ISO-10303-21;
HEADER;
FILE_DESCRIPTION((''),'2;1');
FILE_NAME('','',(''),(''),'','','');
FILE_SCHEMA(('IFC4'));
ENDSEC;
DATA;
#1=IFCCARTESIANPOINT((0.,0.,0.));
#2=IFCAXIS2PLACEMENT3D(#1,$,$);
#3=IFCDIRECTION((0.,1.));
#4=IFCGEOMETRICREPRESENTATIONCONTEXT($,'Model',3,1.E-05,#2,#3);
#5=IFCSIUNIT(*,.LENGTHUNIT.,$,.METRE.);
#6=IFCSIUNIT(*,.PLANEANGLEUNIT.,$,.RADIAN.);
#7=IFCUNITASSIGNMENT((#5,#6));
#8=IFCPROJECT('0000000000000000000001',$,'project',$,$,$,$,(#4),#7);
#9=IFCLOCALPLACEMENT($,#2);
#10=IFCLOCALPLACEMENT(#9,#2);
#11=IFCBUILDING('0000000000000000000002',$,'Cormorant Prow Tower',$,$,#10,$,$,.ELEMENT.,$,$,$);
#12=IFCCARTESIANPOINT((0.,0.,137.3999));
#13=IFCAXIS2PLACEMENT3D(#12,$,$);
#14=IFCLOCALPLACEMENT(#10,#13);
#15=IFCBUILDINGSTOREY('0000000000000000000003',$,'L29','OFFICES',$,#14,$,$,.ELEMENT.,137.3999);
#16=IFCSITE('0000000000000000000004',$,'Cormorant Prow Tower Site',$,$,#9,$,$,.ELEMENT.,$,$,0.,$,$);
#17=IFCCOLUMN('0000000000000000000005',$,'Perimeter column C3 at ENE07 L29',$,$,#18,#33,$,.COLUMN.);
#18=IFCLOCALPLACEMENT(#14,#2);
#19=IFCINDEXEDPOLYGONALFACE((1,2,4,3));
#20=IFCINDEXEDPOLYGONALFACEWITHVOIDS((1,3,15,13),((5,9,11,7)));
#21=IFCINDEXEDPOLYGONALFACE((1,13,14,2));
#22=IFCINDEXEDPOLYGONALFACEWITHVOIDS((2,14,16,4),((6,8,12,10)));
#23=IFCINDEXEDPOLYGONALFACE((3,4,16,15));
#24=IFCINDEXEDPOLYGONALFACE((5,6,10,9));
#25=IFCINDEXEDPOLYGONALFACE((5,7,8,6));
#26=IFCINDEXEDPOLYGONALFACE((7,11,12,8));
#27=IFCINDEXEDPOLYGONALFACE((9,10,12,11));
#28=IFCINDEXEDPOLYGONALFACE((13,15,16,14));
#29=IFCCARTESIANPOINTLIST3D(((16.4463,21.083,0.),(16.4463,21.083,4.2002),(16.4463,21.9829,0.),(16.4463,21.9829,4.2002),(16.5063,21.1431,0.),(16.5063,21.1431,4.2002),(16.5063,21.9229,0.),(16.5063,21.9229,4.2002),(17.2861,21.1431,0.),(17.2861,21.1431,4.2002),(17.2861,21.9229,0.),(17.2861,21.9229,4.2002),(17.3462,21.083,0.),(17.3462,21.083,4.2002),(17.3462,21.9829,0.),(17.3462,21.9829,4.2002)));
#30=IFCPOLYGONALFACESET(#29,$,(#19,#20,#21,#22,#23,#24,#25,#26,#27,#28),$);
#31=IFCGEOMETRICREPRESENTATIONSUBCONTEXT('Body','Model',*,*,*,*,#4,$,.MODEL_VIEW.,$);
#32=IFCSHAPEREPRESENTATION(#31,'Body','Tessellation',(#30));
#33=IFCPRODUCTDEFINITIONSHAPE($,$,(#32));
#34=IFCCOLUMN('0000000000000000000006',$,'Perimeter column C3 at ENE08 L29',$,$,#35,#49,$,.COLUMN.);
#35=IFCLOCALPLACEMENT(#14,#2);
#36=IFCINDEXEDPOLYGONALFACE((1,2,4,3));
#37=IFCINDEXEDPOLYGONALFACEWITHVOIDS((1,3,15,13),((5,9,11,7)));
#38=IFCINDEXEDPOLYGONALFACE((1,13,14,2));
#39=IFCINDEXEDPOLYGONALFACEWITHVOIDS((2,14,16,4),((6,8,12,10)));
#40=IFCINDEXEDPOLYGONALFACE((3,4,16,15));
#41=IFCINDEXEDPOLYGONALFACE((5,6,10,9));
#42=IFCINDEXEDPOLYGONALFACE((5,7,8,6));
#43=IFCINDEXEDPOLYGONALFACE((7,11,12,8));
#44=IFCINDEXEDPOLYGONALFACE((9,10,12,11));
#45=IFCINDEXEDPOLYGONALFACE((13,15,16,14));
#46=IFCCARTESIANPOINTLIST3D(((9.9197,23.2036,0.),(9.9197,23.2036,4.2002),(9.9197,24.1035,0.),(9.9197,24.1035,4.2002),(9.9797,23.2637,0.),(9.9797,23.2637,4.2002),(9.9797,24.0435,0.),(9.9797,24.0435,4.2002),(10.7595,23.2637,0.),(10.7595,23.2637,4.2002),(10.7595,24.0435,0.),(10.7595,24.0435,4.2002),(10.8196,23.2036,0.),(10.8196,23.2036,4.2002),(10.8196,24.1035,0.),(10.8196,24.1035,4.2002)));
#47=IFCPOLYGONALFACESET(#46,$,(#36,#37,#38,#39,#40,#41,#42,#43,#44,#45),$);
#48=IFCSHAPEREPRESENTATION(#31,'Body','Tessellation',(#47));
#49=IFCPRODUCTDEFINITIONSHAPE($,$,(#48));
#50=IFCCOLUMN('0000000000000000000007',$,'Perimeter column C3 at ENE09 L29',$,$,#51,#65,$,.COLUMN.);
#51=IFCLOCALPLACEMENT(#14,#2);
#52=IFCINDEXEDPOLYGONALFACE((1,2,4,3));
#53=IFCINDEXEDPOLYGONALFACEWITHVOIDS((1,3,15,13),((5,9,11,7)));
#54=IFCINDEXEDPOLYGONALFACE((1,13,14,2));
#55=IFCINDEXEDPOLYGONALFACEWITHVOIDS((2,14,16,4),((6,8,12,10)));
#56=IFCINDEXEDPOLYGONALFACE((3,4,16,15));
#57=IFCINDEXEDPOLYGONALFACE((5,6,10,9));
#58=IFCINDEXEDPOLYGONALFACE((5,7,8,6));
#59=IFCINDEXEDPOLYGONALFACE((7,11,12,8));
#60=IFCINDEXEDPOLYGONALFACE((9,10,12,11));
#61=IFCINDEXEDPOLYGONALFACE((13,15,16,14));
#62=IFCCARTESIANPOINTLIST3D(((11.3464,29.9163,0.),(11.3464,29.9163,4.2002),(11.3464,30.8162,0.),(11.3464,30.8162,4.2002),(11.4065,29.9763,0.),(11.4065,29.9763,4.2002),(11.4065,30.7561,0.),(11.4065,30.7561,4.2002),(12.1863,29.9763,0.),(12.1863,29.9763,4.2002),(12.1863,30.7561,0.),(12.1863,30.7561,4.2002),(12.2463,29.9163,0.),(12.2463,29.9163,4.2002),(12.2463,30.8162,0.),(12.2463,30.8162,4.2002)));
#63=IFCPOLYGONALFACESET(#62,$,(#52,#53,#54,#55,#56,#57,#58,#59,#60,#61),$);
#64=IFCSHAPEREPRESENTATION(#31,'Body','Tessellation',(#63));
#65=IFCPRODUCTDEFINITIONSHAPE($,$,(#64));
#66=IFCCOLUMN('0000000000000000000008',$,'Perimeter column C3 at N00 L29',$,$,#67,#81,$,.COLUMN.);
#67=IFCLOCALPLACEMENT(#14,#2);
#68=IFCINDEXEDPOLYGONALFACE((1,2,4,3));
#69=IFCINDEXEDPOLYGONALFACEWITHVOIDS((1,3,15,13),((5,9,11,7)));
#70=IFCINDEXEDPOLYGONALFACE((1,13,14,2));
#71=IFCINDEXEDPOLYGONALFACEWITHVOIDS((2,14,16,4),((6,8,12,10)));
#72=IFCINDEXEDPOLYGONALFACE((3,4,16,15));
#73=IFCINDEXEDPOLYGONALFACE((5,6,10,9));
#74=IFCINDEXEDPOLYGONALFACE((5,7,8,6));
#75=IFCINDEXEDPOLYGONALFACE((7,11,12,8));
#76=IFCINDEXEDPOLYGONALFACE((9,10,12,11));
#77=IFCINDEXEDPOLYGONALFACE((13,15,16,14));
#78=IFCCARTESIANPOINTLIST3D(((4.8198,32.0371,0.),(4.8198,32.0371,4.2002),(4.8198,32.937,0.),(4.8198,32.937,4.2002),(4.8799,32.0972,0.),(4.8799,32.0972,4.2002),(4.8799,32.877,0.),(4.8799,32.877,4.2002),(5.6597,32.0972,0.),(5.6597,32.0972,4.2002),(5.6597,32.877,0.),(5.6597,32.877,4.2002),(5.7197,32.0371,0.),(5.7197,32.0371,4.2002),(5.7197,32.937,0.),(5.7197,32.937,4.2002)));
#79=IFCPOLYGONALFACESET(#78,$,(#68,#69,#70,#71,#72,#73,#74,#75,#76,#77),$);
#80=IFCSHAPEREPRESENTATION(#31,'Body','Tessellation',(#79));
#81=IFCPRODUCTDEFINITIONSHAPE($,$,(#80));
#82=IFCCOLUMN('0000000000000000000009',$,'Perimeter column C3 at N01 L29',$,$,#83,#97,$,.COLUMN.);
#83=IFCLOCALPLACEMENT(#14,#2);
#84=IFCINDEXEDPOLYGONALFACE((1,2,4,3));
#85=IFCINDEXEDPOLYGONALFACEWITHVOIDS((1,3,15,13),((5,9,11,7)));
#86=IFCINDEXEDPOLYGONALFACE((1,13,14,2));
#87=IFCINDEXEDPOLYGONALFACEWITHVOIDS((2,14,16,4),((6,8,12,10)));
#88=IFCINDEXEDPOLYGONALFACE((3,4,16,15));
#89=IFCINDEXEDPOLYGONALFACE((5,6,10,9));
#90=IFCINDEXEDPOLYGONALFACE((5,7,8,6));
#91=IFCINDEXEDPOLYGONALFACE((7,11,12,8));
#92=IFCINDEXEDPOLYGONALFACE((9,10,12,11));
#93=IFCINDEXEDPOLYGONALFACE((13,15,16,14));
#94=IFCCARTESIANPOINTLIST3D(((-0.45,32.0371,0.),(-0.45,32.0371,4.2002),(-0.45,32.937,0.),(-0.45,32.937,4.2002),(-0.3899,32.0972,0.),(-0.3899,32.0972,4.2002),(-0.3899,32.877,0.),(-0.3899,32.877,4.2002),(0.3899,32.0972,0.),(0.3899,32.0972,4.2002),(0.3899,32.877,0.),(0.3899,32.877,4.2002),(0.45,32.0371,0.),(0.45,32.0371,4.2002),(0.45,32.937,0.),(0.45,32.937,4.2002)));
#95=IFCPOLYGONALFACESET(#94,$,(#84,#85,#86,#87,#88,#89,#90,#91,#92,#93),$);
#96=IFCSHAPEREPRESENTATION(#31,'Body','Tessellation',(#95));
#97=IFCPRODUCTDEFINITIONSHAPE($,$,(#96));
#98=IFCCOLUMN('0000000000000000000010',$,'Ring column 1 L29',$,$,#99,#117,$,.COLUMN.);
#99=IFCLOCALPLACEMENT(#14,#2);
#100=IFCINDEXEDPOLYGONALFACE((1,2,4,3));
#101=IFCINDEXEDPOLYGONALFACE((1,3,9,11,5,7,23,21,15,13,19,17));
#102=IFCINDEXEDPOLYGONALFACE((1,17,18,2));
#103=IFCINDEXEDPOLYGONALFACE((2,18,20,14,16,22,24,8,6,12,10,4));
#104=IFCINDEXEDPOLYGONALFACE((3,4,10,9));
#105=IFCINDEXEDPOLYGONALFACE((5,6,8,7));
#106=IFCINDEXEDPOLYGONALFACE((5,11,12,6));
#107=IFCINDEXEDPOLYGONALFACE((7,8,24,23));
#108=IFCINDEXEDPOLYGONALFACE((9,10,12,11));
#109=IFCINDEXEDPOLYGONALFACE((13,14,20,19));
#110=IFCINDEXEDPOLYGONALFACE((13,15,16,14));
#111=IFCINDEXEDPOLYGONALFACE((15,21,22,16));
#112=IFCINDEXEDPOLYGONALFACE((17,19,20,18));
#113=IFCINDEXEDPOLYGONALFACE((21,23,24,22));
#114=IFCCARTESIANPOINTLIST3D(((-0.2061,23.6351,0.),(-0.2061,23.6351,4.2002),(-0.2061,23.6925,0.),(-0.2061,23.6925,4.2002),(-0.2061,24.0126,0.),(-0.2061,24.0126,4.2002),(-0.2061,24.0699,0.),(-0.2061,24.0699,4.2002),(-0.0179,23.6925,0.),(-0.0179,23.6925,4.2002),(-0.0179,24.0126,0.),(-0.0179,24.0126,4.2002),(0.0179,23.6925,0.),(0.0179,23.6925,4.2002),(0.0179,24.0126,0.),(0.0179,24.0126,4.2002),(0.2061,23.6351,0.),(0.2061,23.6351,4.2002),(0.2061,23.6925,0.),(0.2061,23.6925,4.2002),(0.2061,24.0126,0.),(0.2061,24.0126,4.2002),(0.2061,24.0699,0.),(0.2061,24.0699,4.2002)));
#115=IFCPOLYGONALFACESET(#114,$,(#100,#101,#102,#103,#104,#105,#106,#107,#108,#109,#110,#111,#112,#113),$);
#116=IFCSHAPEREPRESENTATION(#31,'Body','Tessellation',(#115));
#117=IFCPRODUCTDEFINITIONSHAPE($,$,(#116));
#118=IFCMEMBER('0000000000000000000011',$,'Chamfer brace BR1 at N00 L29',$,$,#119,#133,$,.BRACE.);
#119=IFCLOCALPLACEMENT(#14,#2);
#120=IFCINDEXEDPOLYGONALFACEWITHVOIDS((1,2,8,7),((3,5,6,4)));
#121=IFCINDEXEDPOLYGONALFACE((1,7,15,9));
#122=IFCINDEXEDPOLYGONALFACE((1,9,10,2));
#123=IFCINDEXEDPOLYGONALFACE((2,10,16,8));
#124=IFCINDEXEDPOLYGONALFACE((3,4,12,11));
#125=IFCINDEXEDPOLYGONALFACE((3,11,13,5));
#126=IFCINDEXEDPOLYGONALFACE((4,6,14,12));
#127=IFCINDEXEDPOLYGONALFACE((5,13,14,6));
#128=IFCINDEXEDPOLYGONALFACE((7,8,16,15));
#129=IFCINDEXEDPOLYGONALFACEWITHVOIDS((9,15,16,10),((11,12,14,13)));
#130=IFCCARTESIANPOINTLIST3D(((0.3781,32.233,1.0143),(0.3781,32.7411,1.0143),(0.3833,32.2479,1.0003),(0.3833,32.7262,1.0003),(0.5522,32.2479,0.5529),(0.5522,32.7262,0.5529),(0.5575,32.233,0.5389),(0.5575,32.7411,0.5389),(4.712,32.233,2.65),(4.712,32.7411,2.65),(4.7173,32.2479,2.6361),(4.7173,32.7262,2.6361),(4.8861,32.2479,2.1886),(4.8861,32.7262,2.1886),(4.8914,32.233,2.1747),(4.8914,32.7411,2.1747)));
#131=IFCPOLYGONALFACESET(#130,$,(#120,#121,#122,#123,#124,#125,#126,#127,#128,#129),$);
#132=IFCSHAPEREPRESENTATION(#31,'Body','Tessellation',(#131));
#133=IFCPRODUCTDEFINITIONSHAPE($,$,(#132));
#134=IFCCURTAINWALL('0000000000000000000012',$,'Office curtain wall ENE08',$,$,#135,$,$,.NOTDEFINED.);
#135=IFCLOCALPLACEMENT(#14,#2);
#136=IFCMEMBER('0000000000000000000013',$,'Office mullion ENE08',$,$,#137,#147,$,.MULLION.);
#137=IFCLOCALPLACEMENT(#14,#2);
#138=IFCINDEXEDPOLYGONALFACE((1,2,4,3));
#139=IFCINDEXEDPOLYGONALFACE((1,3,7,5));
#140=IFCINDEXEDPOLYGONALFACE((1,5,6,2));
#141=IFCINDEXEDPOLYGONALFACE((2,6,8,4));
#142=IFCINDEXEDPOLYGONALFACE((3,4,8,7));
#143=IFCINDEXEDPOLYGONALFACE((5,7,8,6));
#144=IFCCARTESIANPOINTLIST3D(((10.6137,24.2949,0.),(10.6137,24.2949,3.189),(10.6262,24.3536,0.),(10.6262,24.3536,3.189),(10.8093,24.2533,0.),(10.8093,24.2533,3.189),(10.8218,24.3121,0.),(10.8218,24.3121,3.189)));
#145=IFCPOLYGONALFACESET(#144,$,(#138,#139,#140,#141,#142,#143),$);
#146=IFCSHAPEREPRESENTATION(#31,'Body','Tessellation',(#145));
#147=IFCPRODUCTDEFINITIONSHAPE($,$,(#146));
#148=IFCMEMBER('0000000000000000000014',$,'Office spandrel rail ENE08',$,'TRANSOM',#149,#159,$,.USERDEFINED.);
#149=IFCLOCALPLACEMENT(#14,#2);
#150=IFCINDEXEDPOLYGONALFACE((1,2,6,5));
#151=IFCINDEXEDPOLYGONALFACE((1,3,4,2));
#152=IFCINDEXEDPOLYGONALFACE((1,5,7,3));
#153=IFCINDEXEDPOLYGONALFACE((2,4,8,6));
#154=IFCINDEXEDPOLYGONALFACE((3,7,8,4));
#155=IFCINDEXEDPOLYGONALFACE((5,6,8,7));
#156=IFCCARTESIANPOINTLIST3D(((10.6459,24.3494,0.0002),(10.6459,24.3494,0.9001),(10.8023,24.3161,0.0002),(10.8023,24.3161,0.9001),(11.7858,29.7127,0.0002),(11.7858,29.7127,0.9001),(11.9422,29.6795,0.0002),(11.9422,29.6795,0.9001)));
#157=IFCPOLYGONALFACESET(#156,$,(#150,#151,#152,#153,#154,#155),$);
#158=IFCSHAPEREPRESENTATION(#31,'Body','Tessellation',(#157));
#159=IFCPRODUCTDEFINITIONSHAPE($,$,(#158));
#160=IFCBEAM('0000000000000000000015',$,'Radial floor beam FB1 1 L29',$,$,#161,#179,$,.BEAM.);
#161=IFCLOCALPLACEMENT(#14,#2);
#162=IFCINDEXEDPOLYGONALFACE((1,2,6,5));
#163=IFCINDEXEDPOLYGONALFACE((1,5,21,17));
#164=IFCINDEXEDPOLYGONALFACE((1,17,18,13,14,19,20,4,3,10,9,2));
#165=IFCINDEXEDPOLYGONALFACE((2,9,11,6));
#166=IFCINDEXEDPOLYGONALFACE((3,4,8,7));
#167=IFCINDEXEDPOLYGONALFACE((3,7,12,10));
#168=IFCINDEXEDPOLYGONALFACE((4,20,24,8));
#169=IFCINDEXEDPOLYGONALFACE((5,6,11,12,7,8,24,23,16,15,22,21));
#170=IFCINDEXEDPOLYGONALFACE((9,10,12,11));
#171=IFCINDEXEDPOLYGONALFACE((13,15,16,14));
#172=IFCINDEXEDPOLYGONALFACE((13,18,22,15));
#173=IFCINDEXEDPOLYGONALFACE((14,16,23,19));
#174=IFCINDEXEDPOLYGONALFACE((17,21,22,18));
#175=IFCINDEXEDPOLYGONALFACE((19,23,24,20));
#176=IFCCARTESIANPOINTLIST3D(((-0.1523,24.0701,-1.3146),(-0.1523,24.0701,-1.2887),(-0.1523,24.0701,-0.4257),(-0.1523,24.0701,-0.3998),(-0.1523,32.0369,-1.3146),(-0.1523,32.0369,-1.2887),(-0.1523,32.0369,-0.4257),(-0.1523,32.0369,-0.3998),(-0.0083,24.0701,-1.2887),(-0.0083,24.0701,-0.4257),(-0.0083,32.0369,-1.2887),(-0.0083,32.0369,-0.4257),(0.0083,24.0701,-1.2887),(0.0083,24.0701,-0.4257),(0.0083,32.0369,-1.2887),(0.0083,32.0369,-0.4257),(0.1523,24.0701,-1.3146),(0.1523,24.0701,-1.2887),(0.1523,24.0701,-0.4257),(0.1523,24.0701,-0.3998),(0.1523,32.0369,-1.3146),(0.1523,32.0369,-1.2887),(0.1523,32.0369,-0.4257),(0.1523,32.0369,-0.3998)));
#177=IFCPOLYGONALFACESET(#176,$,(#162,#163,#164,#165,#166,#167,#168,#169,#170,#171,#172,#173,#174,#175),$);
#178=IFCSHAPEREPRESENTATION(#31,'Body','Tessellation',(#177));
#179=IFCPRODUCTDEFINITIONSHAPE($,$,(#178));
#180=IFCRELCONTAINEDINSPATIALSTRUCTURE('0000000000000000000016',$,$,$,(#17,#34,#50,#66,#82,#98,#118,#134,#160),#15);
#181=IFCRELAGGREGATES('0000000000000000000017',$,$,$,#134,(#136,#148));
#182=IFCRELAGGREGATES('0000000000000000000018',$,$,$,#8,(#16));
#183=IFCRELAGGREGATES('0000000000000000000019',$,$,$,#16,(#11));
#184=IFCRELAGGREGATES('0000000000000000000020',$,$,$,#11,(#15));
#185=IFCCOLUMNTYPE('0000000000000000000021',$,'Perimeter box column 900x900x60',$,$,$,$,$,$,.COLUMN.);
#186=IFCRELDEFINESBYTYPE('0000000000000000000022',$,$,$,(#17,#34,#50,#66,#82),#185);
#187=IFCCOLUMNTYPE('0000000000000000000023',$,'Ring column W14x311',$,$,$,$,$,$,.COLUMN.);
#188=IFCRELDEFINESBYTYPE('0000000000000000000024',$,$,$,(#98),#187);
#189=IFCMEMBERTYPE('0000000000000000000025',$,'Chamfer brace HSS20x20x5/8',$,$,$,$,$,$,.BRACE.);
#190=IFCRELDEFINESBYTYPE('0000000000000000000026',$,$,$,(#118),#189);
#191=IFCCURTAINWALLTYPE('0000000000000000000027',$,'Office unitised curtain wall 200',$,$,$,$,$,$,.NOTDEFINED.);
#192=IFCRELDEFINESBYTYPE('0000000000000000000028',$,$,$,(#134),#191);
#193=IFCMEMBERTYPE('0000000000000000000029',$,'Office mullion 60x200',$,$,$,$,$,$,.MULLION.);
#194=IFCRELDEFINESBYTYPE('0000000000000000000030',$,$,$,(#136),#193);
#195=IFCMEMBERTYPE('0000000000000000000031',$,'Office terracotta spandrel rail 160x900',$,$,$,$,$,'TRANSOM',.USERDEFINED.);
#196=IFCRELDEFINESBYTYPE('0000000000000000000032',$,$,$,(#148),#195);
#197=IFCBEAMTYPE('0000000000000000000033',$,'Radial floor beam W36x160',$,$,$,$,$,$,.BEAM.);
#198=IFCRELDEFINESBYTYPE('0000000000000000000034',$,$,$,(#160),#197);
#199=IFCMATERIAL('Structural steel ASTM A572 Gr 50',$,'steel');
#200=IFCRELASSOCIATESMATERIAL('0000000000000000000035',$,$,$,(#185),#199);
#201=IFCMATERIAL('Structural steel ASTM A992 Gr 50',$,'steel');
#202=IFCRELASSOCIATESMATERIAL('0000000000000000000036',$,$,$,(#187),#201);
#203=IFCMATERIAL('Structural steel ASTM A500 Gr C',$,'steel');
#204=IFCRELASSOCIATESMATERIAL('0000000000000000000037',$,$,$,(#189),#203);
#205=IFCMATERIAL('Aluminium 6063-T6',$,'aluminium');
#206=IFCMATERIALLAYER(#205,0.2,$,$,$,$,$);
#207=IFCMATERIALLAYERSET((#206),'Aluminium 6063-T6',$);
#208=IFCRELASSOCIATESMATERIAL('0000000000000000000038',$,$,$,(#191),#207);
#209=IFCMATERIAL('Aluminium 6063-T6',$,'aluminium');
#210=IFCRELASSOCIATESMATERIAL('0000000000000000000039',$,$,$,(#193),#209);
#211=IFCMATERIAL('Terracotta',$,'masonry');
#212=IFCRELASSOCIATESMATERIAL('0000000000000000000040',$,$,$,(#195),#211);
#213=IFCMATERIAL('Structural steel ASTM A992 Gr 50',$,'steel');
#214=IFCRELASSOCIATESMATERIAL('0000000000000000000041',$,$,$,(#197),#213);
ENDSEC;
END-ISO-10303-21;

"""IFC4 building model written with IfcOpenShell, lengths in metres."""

from ifc_helpers import new_model, si_unit, direction, frame, origin, origin_2d, place, context, subcontext, project, spatial, rectangle, hollow_rectangle, i_section, extrude, material, layer, layer_set, material_profile, profile_set, type_object, element, aggregate, save


model = new_model("IFC4")

# Units and contexts
model_context = context("Model", 3, precision=1e-05, world=origin(), true_north=direction((0.0, 1.0)))
body_context = subcontext(model_context, "Body", "Model", "MODEL_VIEW")
ifc_project = project(units=[si_unit("LENGTHUNIT", "METRE"), si_unit("PLANEANGLEUNIT", "RADIAN")], contexts=[model_context])

# Site, building, storey
site_placement = place(None, origin())
site = spatial("IfcSite", under=ifc_project, at=site_placement, Name="Cormorant Prow Tower Site", CompositionType="ELEMENT", RefElevation=0.0)
building_placement = place(site_placement, origin())
building = spatial("IfcBuilding", under=site, at=building_placement, Name="Cormorant Prow Tower", CompositionType="ELEMENT")
storey_placement = place(building_placement, frame((0.0, 0.0, 137.3999)))
storey = spatial("IfcBuildingStorey", under=building, at=storey_placement, Name="L29", Description="OFFICES", CompositionType="ELEMENT", Elevation=137.3999)

# Columns
ifc_material_1 = material(Name="Structural steel ASTM A572 Gr 50", Category="steel")
ifc_material_profile_1 = material_profile(ifc_material_1, hollow_rectangle(XDim=0.8999, YDim=0.8999, WallThickness=0.0601, at=origin_2d()), Name="Box 900x900x60")
ifc_profile_set_1 = profile_set([ifc_material_profile_1], Name="Structural steel ASTM A572 Gr 50")
column_type_1 = type_object("IfcColumnType", Name="Perimeter box column 900x900x60", PredefinedType="COLUMN", material=ifc_profile_set_1)
for number, where, z_axis, x_axis, name in (
    (1, (16.8962, 21.533, 0.0), (0.0, 0.0, 1.0), (1.0, 0.0, 0.0), "Perimeter column C3 at ENE07 L29"),
    (2, (10.3696, 23.6536, 0.0), (0.0, 0.0, 1.0), (1.0, 0.0, 0.0), "Perimeter column C3 at ENE08 L29"),
    (3, (11.7964, 30.3662, 0.0), (0.0, 0.0, 1.0), (1.0, 0.0, 0.0), "Perimeter column C3 at ENE09 L29"),
    (4, (5.2698, 32.4871, 0.0), (0.0, 0.0, 1.0), (1.0, 0.0, 0.0), "Perimeter column C3 at N00 L29"),
    (5, (0.0, 32.4871, 0.0), (0.0, 0.0, 1.0), (1.0, 0.0, 0.0), "Perimeter column C3 at N01 L29"),
):
    element("IfcColumn", number, at=place(storey_placement, frame(where, z_axis=z_axis, x_axis=x_axis)), inside=storey, type_object=column_type_1, Name=name, PredefinedType="COLUMN", context=body_context, shape_type="SweptSolid", body=[
        extrude(hollow_rectangle(XDim=0.8999, YDim=0.8999, WallThickness=0.0601, at=origin_2d()), origin(), (0.0, 0.0, 1.0), 4.2002),
    ])
ifc_material_2 = material(Name="Structural steel ASTM A992 Gr 50", Category="steel")
ifc_material_profile_2 = material_profile(ifc_material_2, i_section(OverallWidth=0.4121, OverallDepth=0.4348, WebThickness=0.0359, FlangeThickness=0.0574, at=origin_2d()), Name="W14x311")
ifc_profile_set_2 = profile_set([ifc_material_profile_2], Name="Structural steel ASTM A992 Gr 50")
column_type_2 = type_object("IfcColumnType", Name="Ring column W14x311", PredefinedType="COLUMN", material=ifc_profile_set_2)
column_placement = place(storey_placement, frame((0.0, 23.8525, 0.0), z_axis=(0.0, 0.0, 1.0), x_axis=(1.0, 0.0, 0.0)))
element("IfcColumn", 6, at=column_placement, inside=storey, type_object=column_type_2, Name="Ring column 1 L29", PredefinedType="COLUMN", context=body_context, shape_type="SweptSolid", body=[
    extrude(i_section(OverallWidth=0.4121, OverallDepth=0.4348, WebThickness=0.0359, FlangeThickness=0.0574, at=origin_2d()), origin(), (0.0, 0.0, 1.0), 4.2002),
])

# Member
ifc_material_3 = material(Name="Structural steel ASTM A500 Gr C", Category="steel")
ifc_material_profile_3 = material_profile(ifc_material_3, hollow_rectangle(XDim=0.5081, YDim=0.5081, WallThickness=0.0149, at=origin_2d()), Name="HSS20x20x5/8")
ifc_profile_set_3 = profile_set([ifc_material_profile_3], Name="Structural steel ASTM A500 Gr C")
member_type_1 = type_object("IfcMemberType", Name="Chamfer brace HSS20x20x5/8", PredefinedType="BRACE", material=ifc_profile_set_3)
member_1_placement = place(storey_placement, frame((0.4678, 32.4871, 0.7766), z_axis=(0.935582, 0.0, 0.353109), x_axis=(0.0, 1.0, 0.0)))
element("IfcMember", 7, at=member_1_placement, inside=storey, type_object=member_type_1, Name="Chamfer brace BR1 at N00 L29", PredefinedType="BRACE", context=body_context, shape_type="SweptSolid", body=[
    extrude(hollow_rectangle(XDim=0.5081, YDim=0.5081, WallThickness=0.0149, at=origin_2d()), origin(), (0.0, 0.0, 1.0), 4.6323),
])

# Curtain wall, members
ifc_material_4 = material(Name="Aluminium 6063-T6", Category="aluminium")
ifc_layer_1 = layer(ifc_material_4, 0.2)
ifc_layer_set_1 = layer_set([ifc_layer_1], Name="Aluminium 6063-T6")
curtain_wall_type = type_object("IfcCurtainWallType", Name="Office unitised curtain wall 200", PredefinedType="NOTDEFINED", material=ifc_layer_set_1)
curtain_wall_placement = place(storey_placement, origin())
curtain_wall = element("IfcCurtainWall", 8, at=curtain_wall_placement, inside=storey, type_object=curtain_wall_type, Name="Office curtain wall ENE08", PredefinedType="NOTDEFINED")
ifc_material_5 = material(Name="Aluminium 6063-T6", Category="aluminium")
ifc_material_profile_4 = material_profile(ifc_material_5, rectangle(XDim=0.2, YDim=0.0601, at=origin_2d()), Name="Office mullion 60x200")
ifc_profile_set_4 = profile_set([ifc_material_profile_4], Name="Aluminium 6063-T6")
member_type_2 = type_object("IfcMemberType", Name="Office mullion 60x200", PredefinedType="MULLION", material=ifc_profile_set_4)
member_2_placement = place(storey_placement, frame((10.7178, 24.3035, 0.0), z_axis=(0.0, 0.0, 1.0), x_axis=(-0.978148, 0.207912, 0.0)))
member_2 = element("IfcMember", 9, at=member_2_placement, type_object=member_type_2, Name="Office mullion ENE08", PredefinedType="MULLION", context=body_context, shape_type="SweptSolid", body=[
    extrude(rectangle(XDim=0.2, YDim=0.0601, at=origin_2d()), origin(), (0.0, 0.0, 1.0), 3.189),
])
ifc_material_6 = material(Name="Terracotta", Category="masonry")
ifc_material_profile_5 = material_profile(ifc_material_6, rectangle(XDim=0.1599, YDim=0.8999, at=origin_2d()), Name="Office terracotta spandrel rail 160x900")
ifc_profile_set_5 = profile_set([ifc_material_profile_5], Name="Terracotta")
member_type_3 = type_object("IfcMemberType", Name="Office terracotta spandrel rail 160x900", ElementType="TRANSOM", PredefinedType="USERDEFINED", material=ifc_profile_set_5)
member_3_placement = place(storey_placement, frame((10.7241, 24.3328, 0.4502), z_axis=(0.207893, 0.978152, 0.0), x_axis=(-0.978152, 0.207893, 0.0)))
member_3 = element("IfcMember", 10, at=member_3_placement, type_object=member_type_3, Name="Office spandrel rail ENE08", ObjectType="TRANSOM", PredefinedType="USERDEFINED", context=body_context, shape_type="SweptSolid", body=[
    extrude(rectangle(XDim=0.1599, YDim=0.8999, at=origin_2d()), origin(), (0.0, 0.0, 1.0), 5.4832),
])

# Beam
ifc_material_7 = material(Name="Structural steel ASTM A992 Gr 50", Category="steel")
ifc_material_profile_6 = material_profile(ifc_material_7, i_section(OverallWidth=0.3047, OverallDepth=0.9148, WebThickness=0.0166, FlangeThickness=0.0259, at=origin_2d()), Name="W36x160")
ifc_profile_set_6 = profile_set([ifc_material_profile_6], Name="Structural steel ASTM A992 Gr 50")
beam_type_1 = type_object("IfcBeamType", Name="Radial floor beam W36x160", PredefinedType="BEAM", material=ifc_profile_set_6)
beam_1_placement = place(storey_placement, frame((0.0, 24.0701, -0.8572), z_axis=(0.0, 1.0, 0.0), x_axis=(-1.0, 0.0, 0.0)))
element("IfcBeam", 11, at=beam_1_placement, inside=storey, type_object=beam_type_1, Name="Radial floor beam FB1 1 L29", PredefinedType="BEAM", context=body_context, shape_type="SweptSolid", body=[
    extrude(i_section(OverallWidth=0.3047, OverallDepth=0.9148, WebThickness=0.0166, FlangeThickness=0.0259, at=origin_2d()), origin(), (0.0, 0.0, 1.0), 7.9668),
])

aggregate(curtain_wall, [member_2, member_3])

save(model, "model.ifc")
